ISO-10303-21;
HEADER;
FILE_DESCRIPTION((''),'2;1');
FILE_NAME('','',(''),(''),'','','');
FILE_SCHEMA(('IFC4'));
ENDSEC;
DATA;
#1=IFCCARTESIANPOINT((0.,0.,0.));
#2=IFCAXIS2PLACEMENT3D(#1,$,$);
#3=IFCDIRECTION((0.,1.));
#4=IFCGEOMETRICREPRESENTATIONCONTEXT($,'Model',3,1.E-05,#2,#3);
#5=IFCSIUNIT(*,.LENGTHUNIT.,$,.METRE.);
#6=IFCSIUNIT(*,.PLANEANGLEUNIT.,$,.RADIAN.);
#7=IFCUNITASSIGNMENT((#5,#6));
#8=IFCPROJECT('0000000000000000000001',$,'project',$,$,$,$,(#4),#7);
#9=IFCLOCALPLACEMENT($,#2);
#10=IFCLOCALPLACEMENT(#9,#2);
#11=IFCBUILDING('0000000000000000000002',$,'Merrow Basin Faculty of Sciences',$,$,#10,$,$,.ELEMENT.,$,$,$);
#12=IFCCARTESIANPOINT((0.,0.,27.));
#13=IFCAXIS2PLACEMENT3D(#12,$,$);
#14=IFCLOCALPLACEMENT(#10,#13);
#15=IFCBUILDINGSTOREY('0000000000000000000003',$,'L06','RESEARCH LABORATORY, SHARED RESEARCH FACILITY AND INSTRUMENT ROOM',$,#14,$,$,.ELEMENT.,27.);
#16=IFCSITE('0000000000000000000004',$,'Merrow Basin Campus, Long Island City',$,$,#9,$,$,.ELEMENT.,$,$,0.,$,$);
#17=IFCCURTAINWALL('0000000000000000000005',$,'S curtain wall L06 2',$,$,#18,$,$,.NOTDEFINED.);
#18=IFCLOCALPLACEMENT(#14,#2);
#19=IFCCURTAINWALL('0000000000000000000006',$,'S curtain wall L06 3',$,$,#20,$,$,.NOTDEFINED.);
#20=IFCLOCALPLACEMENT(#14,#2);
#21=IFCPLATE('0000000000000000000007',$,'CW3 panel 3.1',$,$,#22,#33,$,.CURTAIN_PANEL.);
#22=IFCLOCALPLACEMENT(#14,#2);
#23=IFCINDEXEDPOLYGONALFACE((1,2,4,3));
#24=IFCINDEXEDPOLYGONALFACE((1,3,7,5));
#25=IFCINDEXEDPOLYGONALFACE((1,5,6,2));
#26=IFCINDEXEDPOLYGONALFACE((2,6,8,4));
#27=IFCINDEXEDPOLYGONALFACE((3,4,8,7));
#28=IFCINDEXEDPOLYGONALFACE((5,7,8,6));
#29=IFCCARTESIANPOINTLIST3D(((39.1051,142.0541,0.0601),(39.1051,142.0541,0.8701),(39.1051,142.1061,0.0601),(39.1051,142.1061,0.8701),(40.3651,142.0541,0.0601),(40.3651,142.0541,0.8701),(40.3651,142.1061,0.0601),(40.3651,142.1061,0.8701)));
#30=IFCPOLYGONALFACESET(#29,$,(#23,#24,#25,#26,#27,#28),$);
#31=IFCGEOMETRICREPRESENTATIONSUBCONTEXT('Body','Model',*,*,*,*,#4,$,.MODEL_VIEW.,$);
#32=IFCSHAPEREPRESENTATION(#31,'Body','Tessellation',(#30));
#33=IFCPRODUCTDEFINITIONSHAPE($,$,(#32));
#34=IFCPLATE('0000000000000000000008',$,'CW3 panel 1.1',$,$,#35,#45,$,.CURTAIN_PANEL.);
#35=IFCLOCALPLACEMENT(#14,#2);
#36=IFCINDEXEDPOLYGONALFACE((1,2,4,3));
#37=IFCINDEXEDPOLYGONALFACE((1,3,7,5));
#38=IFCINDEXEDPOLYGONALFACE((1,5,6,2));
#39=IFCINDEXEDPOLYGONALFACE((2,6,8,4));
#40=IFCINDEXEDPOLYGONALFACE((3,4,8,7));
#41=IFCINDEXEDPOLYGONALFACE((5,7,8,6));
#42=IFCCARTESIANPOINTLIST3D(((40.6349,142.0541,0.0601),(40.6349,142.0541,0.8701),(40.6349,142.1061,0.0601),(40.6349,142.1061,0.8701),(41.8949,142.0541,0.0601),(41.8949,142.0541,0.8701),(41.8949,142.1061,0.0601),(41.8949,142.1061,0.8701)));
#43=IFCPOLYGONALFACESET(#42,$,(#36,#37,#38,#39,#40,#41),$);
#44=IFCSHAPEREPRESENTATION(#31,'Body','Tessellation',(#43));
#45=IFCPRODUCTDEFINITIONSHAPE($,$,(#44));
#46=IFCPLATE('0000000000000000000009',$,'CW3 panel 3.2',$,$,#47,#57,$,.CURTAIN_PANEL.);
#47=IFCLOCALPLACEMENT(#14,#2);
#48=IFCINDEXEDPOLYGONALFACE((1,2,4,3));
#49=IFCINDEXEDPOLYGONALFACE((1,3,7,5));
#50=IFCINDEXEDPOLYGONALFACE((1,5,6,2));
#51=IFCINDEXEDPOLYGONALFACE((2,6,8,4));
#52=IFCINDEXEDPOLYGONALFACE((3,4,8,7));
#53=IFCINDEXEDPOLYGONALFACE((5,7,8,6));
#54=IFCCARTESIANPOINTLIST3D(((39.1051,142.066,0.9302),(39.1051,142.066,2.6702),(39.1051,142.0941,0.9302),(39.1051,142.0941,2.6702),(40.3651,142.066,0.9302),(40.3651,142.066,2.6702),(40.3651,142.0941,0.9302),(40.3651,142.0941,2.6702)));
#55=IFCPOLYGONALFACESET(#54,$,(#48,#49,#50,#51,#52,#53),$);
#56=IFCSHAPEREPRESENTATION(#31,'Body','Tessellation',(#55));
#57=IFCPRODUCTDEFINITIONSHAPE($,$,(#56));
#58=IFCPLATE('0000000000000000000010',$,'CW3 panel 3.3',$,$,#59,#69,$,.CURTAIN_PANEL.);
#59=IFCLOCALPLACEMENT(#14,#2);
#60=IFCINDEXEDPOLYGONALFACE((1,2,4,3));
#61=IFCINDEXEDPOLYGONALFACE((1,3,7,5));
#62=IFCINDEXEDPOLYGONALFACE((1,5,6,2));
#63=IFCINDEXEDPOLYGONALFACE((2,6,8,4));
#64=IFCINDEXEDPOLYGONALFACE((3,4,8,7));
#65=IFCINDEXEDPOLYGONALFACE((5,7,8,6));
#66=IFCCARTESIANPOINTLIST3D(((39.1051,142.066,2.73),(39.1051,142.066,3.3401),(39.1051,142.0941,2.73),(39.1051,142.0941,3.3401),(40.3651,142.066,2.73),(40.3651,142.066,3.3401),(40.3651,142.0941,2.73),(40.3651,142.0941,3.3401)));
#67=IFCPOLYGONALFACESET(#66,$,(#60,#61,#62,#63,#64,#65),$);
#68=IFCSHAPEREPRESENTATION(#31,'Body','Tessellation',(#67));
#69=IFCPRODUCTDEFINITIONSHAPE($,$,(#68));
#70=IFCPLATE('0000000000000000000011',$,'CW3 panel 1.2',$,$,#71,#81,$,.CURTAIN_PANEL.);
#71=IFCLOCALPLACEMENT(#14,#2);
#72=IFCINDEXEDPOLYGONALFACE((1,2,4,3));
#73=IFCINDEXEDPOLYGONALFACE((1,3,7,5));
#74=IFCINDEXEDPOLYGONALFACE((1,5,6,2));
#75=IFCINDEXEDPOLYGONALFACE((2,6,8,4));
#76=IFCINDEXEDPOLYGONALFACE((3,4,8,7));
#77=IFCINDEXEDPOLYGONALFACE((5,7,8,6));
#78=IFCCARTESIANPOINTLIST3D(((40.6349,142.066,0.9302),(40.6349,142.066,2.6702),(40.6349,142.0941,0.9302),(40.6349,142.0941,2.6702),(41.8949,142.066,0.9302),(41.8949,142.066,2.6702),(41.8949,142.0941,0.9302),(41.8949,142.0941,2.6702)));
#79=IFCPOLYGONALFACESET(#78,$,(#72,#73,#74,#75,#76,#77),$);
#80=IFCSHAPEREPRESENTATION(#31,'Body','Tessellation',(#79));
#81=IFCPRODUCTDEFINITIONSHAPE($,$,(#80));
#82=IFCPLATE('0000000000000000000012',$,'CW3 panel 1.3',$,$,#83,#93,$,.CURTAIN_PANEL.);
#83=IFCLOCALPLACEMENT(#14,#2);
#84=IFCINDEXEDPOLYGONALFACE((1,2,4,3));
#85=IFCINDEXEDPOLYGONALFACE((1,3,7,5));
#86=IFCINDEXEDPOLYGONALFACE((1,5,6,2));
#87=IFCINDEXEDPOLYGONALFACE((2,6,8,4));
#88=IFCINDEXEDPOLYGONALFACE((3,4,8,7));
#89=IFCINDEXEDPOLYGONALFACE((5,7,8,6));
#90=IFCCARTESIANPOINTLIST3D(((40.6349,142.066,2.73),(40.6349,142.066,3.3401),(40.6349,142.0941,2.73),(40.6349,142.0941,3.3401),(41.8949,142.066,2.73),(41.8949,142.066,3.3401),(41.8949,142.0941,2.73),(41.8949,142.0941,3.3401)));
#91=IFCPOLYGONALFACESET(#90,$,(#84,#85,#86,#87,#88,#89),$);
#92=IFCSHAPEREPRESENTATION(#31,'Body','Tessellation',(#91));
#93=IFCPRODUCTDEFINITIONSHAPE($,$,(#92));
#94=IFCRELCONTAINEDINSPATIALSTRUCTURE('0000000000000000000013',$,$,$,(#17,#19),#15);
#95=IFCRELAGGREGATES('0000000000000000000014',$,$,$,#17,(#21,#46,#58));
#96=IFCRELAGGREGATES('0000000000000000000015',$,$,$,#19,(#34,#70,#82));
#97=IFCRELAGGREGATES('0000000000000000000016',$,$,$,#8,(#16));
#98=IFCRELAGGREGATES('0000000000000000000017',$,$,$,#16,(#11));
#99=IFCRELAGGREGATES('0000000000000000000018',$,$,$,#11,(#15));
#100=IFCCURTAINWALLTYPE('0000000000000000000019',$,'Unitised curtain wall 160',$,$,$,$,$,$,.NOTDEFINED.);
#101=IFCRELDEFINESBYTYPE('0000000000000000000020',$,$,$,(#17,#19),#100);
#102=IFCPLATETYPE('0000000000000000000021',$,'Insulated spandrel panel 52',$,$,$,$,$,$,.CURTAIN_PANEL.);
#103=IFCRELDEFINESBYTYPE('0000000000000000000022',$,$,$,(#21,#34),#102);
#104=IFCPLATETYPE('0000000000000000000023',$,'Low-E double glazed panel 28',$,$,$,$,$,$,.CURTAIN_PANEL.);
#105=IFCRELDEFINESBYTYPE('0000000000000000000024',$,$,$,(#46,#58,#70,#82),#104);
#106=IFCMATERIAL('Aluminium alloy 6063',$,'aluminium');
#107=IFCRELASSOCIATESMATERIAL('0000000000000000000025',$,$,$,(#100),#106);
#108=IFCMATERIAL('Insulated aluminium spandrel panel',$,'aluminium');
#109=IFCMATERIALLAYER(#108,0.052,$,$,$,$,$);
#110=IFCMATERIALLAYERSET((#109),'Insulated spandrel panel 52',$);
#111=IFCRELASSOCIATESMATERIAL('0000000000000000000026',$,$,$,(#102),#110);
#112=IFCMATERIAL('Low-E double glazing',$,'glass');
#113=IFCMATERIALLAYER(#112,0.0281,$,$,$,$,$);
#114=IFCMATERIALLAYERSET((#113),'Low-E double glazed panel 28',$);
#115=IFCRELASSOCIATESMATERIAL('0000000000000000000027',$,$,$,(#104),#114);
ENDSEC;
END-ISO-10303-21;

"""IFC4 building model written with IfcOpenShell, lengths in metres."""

from ifc_helpers import new_model, si_unit, direction, frame, origin, origin_2d, place, context, subcontext, project, spatial, rectangle, extrude, material, layer, layer_set, type_object, element, aggregate, save


model = new_model("IFC4")

# Units and contexts
model_context = context("Model", 3, precision=1e-05, world=origin(), true_north=direction((0.0, 1.0)))
body_context = subcontext(model_context, "Body", "Model", "MODEL_VIEW")
ifc_project = project(units=[si_unit("LENGTHUNIT", "METRE"), si_unit("PLANEANGLEUNIT", "RADIAN")], contexts=[model_context])

# Site, building, storey
site_placement = place(None, origin())
site = spatial("IfcSite", under=ifc_project, at=site_placement, Name="Merrow Basin Campus, Long Island City", CompositionType="ELEMENT", RefElevation=0.0)
building_placement = place(site_placement, origin())
building = spatial("IfcBuilding", under=site, at=building_placement, Name="Merrow Basin Faculty of Sciences", CompositionType="ELEMENT")
storey_placement = place(building_placement, frame((0.0, 0.0, 27.0)))
storey = spatial("IfcBuildingStorey", under=building, at=storey_placement, Name="L06", Description="RESEARCH LABORATORY, SHARED RESEARCH FACILITY AND INSTRUMENT ROOM", CompositionType="ELEMENT", Elevation=27.0)

# Curtain wall
ifc_material_1 = material(Name="Aluminium alloy 6063", Category="aluminium")
curtain_wall_type = type_object("IfcCurtainWallType", Name="Unitised curtain wall 160", PredefinedType="NOTDEFINED", material=ifc_material_1)
curtain_wall_1_placement = place(storey_placement, origin())
curtain_wall_1 = element("IfcCurtainWall", 1, at=curtain_wall_1_placement, inside=storey, type_object=curtain_wall_type, Name="S curtain wall L06 2", PredefinedType="NOTDEFINED")

# Curtain wall
curtain_wall_2_placement = place(storey_placement, origin())
curtain_wall_2 = element("IfcCurtainWall", 2, at=curtain_wall_2_placement, inside=storey, type_object=curtain_wall_type, Name="S curtain wall L06 3", PredefinedType="NOTDEFINED")

# Plates
ifc_material_2 = material(Name="Insulated aluminium spandrel panel", Category="aluminium")
ifc_layer_1 = layer(ifc_material_2, 0.052)
ifc_layer_set_1 = layer_set([ifc_layer_1], Name="Insulated spandrel panel 52")
plate_type_1 = type_object("IfcPlateType", Name="Insulated spandrel panel 52", PredefinedType="CURTAIN_PANEL", material=ifc_layer_set_1)
plate_1_placement = place(storey_placement, frame((39.7351, 142.0801, 0.0601), z_axis=(0.0, 0.0, 1.0), x_axis=(1.0, 0.0, 0.0)))
plate_1 = element("IfcPlate", 3, at=plate_1_placement, type_object=plate_type_1, Name="CW3 panel 3.1", PredefinedType="CURTAIN_PANEL", context=body_context, shape_type="SweptSolid", body=[
    extrude(rectangle(XDim=1.26, YDim=0.052, at=origin_2d()), origin(), (0.0, 0.0, 1.0), 0.8101),
])
plate_2_placement = place(storey_placement, frame((41.2649, 142.0801, 0.0601), z_axis=(0.0, 0.0, 1.0), x_axis=(1.0, 0.0, 0.0)))
plate_2 = element("IfcPlate", 4, at=plate_2_placement, type_object=plate_type_1, Name="CW3 panel 1.1", PredefinedType="CURTAIN_PANEL", context=body_context, shape_type="SweptSolid", body=[
    extrude(rectangle(XDim=1.26, YDim=0.052, at=origin_2d()), origin(), (0.0, 0.0, 1.0), 0.8101),
])
ifc_material_3 = material(Name="Low-E double glazing", Category="glass")
ifc_layer_2 = layer(ifc_material_3, 0.0281)
ifc_layer_set_2 = layer_set([ifc_layer_2], Name="Low-E double glazed panel 28")
plate_type_2 = type_object("IfcPlateType", Name="Low-E double glazed panel 28", PredefinedType="CURTAIN_PANEL", material=ifc_layer_set_2)
plate_3_placement = place(storey_placement, frame((39.7351, 142.0801, 0.9302), z_axis=(0.0, 0.0, 1.0), x_axis=(1.0, 0.0, 0.0)))
plate_3 = element("IfcPlate", 5, at=plate_3_placement, type_object=plate_type_2, Name="CW3 panel 3.2", PredefinedType="CURTAIN_PANEL", context=body_context, shape_type="SweptSolid", body=[
    extrude(rectangle(XDim=1.26, YDim=0.0281, at=origin_2d()), origin(), (0.0, 0.0, 1.0), 1.74),
])
plate_4_placement = place(storey_placement, frame((39.7351, 142.0801, 2.73), z_axis=(0.0, 0.0, 1.0), x_axis=(1.0, 0.0, 0.0)))
plate_4 = element("IfcPlate", 6, at=plate_4_placement, type_object=plate_type_2, Name="CW3 panel 3.3", PredefinedType="CURTAIN_PANEL", context=body_context, shape_type="SweptSolid", body=[
    extrude(rectangle(XDim=1.26, YDim=0.0281, at=origin_2d()), origin(), (0.0, 0.0, 1.0), 0.6101),
])
aggregate(curtain_wall_1, [plate_1, plate_3, plate_4])
plate_5_placement = place(storey_placement, frame((41.2649, 142.0801, 0.9302), z_axis=(0.0, 0.0, 1.0), x_axis=(1.0, 0.0, 0.0)))
plate_5 = element("IfcPlate", 7, at=plate_5_placement, type_object=plate_type_2, Name="CW3 panel 1.2", PredefinedType="CURTAIN_PANEL", context=body_context, shape_type="SweptSolid", body=[
    extrude(rectangle(XDim=1.26, YDim=0.0281, at=origin_2d()), origin(), (0.0, 0.0, 1.0), 1.74),
])
plate_6_placement = place(storey_placement, frame((41.2649, 142.0801, 2.73), z_axis=(0.0, 0.0, 1.0), x_axis=(1.0, 0.0, 0.0)))
plate_6 = element("IfcPlate", 8, at=plate_6_placement, type_object=plate_type_2, Name="CW3 panel 1.3", PredefinedType="CURTAIN_PANEL", context=body_context, shape_type="SweptSolid", body=[
    extrude(rectangle(XDim=1.26, YDim=0.0281, at=origin_2d()), origin(), (0.0, 0.0, 1.0), 0.6101),
])
aggregate(curtain_wall_2, [plate_2, plate_5, plate_6])

save(model, "model.ifc")
